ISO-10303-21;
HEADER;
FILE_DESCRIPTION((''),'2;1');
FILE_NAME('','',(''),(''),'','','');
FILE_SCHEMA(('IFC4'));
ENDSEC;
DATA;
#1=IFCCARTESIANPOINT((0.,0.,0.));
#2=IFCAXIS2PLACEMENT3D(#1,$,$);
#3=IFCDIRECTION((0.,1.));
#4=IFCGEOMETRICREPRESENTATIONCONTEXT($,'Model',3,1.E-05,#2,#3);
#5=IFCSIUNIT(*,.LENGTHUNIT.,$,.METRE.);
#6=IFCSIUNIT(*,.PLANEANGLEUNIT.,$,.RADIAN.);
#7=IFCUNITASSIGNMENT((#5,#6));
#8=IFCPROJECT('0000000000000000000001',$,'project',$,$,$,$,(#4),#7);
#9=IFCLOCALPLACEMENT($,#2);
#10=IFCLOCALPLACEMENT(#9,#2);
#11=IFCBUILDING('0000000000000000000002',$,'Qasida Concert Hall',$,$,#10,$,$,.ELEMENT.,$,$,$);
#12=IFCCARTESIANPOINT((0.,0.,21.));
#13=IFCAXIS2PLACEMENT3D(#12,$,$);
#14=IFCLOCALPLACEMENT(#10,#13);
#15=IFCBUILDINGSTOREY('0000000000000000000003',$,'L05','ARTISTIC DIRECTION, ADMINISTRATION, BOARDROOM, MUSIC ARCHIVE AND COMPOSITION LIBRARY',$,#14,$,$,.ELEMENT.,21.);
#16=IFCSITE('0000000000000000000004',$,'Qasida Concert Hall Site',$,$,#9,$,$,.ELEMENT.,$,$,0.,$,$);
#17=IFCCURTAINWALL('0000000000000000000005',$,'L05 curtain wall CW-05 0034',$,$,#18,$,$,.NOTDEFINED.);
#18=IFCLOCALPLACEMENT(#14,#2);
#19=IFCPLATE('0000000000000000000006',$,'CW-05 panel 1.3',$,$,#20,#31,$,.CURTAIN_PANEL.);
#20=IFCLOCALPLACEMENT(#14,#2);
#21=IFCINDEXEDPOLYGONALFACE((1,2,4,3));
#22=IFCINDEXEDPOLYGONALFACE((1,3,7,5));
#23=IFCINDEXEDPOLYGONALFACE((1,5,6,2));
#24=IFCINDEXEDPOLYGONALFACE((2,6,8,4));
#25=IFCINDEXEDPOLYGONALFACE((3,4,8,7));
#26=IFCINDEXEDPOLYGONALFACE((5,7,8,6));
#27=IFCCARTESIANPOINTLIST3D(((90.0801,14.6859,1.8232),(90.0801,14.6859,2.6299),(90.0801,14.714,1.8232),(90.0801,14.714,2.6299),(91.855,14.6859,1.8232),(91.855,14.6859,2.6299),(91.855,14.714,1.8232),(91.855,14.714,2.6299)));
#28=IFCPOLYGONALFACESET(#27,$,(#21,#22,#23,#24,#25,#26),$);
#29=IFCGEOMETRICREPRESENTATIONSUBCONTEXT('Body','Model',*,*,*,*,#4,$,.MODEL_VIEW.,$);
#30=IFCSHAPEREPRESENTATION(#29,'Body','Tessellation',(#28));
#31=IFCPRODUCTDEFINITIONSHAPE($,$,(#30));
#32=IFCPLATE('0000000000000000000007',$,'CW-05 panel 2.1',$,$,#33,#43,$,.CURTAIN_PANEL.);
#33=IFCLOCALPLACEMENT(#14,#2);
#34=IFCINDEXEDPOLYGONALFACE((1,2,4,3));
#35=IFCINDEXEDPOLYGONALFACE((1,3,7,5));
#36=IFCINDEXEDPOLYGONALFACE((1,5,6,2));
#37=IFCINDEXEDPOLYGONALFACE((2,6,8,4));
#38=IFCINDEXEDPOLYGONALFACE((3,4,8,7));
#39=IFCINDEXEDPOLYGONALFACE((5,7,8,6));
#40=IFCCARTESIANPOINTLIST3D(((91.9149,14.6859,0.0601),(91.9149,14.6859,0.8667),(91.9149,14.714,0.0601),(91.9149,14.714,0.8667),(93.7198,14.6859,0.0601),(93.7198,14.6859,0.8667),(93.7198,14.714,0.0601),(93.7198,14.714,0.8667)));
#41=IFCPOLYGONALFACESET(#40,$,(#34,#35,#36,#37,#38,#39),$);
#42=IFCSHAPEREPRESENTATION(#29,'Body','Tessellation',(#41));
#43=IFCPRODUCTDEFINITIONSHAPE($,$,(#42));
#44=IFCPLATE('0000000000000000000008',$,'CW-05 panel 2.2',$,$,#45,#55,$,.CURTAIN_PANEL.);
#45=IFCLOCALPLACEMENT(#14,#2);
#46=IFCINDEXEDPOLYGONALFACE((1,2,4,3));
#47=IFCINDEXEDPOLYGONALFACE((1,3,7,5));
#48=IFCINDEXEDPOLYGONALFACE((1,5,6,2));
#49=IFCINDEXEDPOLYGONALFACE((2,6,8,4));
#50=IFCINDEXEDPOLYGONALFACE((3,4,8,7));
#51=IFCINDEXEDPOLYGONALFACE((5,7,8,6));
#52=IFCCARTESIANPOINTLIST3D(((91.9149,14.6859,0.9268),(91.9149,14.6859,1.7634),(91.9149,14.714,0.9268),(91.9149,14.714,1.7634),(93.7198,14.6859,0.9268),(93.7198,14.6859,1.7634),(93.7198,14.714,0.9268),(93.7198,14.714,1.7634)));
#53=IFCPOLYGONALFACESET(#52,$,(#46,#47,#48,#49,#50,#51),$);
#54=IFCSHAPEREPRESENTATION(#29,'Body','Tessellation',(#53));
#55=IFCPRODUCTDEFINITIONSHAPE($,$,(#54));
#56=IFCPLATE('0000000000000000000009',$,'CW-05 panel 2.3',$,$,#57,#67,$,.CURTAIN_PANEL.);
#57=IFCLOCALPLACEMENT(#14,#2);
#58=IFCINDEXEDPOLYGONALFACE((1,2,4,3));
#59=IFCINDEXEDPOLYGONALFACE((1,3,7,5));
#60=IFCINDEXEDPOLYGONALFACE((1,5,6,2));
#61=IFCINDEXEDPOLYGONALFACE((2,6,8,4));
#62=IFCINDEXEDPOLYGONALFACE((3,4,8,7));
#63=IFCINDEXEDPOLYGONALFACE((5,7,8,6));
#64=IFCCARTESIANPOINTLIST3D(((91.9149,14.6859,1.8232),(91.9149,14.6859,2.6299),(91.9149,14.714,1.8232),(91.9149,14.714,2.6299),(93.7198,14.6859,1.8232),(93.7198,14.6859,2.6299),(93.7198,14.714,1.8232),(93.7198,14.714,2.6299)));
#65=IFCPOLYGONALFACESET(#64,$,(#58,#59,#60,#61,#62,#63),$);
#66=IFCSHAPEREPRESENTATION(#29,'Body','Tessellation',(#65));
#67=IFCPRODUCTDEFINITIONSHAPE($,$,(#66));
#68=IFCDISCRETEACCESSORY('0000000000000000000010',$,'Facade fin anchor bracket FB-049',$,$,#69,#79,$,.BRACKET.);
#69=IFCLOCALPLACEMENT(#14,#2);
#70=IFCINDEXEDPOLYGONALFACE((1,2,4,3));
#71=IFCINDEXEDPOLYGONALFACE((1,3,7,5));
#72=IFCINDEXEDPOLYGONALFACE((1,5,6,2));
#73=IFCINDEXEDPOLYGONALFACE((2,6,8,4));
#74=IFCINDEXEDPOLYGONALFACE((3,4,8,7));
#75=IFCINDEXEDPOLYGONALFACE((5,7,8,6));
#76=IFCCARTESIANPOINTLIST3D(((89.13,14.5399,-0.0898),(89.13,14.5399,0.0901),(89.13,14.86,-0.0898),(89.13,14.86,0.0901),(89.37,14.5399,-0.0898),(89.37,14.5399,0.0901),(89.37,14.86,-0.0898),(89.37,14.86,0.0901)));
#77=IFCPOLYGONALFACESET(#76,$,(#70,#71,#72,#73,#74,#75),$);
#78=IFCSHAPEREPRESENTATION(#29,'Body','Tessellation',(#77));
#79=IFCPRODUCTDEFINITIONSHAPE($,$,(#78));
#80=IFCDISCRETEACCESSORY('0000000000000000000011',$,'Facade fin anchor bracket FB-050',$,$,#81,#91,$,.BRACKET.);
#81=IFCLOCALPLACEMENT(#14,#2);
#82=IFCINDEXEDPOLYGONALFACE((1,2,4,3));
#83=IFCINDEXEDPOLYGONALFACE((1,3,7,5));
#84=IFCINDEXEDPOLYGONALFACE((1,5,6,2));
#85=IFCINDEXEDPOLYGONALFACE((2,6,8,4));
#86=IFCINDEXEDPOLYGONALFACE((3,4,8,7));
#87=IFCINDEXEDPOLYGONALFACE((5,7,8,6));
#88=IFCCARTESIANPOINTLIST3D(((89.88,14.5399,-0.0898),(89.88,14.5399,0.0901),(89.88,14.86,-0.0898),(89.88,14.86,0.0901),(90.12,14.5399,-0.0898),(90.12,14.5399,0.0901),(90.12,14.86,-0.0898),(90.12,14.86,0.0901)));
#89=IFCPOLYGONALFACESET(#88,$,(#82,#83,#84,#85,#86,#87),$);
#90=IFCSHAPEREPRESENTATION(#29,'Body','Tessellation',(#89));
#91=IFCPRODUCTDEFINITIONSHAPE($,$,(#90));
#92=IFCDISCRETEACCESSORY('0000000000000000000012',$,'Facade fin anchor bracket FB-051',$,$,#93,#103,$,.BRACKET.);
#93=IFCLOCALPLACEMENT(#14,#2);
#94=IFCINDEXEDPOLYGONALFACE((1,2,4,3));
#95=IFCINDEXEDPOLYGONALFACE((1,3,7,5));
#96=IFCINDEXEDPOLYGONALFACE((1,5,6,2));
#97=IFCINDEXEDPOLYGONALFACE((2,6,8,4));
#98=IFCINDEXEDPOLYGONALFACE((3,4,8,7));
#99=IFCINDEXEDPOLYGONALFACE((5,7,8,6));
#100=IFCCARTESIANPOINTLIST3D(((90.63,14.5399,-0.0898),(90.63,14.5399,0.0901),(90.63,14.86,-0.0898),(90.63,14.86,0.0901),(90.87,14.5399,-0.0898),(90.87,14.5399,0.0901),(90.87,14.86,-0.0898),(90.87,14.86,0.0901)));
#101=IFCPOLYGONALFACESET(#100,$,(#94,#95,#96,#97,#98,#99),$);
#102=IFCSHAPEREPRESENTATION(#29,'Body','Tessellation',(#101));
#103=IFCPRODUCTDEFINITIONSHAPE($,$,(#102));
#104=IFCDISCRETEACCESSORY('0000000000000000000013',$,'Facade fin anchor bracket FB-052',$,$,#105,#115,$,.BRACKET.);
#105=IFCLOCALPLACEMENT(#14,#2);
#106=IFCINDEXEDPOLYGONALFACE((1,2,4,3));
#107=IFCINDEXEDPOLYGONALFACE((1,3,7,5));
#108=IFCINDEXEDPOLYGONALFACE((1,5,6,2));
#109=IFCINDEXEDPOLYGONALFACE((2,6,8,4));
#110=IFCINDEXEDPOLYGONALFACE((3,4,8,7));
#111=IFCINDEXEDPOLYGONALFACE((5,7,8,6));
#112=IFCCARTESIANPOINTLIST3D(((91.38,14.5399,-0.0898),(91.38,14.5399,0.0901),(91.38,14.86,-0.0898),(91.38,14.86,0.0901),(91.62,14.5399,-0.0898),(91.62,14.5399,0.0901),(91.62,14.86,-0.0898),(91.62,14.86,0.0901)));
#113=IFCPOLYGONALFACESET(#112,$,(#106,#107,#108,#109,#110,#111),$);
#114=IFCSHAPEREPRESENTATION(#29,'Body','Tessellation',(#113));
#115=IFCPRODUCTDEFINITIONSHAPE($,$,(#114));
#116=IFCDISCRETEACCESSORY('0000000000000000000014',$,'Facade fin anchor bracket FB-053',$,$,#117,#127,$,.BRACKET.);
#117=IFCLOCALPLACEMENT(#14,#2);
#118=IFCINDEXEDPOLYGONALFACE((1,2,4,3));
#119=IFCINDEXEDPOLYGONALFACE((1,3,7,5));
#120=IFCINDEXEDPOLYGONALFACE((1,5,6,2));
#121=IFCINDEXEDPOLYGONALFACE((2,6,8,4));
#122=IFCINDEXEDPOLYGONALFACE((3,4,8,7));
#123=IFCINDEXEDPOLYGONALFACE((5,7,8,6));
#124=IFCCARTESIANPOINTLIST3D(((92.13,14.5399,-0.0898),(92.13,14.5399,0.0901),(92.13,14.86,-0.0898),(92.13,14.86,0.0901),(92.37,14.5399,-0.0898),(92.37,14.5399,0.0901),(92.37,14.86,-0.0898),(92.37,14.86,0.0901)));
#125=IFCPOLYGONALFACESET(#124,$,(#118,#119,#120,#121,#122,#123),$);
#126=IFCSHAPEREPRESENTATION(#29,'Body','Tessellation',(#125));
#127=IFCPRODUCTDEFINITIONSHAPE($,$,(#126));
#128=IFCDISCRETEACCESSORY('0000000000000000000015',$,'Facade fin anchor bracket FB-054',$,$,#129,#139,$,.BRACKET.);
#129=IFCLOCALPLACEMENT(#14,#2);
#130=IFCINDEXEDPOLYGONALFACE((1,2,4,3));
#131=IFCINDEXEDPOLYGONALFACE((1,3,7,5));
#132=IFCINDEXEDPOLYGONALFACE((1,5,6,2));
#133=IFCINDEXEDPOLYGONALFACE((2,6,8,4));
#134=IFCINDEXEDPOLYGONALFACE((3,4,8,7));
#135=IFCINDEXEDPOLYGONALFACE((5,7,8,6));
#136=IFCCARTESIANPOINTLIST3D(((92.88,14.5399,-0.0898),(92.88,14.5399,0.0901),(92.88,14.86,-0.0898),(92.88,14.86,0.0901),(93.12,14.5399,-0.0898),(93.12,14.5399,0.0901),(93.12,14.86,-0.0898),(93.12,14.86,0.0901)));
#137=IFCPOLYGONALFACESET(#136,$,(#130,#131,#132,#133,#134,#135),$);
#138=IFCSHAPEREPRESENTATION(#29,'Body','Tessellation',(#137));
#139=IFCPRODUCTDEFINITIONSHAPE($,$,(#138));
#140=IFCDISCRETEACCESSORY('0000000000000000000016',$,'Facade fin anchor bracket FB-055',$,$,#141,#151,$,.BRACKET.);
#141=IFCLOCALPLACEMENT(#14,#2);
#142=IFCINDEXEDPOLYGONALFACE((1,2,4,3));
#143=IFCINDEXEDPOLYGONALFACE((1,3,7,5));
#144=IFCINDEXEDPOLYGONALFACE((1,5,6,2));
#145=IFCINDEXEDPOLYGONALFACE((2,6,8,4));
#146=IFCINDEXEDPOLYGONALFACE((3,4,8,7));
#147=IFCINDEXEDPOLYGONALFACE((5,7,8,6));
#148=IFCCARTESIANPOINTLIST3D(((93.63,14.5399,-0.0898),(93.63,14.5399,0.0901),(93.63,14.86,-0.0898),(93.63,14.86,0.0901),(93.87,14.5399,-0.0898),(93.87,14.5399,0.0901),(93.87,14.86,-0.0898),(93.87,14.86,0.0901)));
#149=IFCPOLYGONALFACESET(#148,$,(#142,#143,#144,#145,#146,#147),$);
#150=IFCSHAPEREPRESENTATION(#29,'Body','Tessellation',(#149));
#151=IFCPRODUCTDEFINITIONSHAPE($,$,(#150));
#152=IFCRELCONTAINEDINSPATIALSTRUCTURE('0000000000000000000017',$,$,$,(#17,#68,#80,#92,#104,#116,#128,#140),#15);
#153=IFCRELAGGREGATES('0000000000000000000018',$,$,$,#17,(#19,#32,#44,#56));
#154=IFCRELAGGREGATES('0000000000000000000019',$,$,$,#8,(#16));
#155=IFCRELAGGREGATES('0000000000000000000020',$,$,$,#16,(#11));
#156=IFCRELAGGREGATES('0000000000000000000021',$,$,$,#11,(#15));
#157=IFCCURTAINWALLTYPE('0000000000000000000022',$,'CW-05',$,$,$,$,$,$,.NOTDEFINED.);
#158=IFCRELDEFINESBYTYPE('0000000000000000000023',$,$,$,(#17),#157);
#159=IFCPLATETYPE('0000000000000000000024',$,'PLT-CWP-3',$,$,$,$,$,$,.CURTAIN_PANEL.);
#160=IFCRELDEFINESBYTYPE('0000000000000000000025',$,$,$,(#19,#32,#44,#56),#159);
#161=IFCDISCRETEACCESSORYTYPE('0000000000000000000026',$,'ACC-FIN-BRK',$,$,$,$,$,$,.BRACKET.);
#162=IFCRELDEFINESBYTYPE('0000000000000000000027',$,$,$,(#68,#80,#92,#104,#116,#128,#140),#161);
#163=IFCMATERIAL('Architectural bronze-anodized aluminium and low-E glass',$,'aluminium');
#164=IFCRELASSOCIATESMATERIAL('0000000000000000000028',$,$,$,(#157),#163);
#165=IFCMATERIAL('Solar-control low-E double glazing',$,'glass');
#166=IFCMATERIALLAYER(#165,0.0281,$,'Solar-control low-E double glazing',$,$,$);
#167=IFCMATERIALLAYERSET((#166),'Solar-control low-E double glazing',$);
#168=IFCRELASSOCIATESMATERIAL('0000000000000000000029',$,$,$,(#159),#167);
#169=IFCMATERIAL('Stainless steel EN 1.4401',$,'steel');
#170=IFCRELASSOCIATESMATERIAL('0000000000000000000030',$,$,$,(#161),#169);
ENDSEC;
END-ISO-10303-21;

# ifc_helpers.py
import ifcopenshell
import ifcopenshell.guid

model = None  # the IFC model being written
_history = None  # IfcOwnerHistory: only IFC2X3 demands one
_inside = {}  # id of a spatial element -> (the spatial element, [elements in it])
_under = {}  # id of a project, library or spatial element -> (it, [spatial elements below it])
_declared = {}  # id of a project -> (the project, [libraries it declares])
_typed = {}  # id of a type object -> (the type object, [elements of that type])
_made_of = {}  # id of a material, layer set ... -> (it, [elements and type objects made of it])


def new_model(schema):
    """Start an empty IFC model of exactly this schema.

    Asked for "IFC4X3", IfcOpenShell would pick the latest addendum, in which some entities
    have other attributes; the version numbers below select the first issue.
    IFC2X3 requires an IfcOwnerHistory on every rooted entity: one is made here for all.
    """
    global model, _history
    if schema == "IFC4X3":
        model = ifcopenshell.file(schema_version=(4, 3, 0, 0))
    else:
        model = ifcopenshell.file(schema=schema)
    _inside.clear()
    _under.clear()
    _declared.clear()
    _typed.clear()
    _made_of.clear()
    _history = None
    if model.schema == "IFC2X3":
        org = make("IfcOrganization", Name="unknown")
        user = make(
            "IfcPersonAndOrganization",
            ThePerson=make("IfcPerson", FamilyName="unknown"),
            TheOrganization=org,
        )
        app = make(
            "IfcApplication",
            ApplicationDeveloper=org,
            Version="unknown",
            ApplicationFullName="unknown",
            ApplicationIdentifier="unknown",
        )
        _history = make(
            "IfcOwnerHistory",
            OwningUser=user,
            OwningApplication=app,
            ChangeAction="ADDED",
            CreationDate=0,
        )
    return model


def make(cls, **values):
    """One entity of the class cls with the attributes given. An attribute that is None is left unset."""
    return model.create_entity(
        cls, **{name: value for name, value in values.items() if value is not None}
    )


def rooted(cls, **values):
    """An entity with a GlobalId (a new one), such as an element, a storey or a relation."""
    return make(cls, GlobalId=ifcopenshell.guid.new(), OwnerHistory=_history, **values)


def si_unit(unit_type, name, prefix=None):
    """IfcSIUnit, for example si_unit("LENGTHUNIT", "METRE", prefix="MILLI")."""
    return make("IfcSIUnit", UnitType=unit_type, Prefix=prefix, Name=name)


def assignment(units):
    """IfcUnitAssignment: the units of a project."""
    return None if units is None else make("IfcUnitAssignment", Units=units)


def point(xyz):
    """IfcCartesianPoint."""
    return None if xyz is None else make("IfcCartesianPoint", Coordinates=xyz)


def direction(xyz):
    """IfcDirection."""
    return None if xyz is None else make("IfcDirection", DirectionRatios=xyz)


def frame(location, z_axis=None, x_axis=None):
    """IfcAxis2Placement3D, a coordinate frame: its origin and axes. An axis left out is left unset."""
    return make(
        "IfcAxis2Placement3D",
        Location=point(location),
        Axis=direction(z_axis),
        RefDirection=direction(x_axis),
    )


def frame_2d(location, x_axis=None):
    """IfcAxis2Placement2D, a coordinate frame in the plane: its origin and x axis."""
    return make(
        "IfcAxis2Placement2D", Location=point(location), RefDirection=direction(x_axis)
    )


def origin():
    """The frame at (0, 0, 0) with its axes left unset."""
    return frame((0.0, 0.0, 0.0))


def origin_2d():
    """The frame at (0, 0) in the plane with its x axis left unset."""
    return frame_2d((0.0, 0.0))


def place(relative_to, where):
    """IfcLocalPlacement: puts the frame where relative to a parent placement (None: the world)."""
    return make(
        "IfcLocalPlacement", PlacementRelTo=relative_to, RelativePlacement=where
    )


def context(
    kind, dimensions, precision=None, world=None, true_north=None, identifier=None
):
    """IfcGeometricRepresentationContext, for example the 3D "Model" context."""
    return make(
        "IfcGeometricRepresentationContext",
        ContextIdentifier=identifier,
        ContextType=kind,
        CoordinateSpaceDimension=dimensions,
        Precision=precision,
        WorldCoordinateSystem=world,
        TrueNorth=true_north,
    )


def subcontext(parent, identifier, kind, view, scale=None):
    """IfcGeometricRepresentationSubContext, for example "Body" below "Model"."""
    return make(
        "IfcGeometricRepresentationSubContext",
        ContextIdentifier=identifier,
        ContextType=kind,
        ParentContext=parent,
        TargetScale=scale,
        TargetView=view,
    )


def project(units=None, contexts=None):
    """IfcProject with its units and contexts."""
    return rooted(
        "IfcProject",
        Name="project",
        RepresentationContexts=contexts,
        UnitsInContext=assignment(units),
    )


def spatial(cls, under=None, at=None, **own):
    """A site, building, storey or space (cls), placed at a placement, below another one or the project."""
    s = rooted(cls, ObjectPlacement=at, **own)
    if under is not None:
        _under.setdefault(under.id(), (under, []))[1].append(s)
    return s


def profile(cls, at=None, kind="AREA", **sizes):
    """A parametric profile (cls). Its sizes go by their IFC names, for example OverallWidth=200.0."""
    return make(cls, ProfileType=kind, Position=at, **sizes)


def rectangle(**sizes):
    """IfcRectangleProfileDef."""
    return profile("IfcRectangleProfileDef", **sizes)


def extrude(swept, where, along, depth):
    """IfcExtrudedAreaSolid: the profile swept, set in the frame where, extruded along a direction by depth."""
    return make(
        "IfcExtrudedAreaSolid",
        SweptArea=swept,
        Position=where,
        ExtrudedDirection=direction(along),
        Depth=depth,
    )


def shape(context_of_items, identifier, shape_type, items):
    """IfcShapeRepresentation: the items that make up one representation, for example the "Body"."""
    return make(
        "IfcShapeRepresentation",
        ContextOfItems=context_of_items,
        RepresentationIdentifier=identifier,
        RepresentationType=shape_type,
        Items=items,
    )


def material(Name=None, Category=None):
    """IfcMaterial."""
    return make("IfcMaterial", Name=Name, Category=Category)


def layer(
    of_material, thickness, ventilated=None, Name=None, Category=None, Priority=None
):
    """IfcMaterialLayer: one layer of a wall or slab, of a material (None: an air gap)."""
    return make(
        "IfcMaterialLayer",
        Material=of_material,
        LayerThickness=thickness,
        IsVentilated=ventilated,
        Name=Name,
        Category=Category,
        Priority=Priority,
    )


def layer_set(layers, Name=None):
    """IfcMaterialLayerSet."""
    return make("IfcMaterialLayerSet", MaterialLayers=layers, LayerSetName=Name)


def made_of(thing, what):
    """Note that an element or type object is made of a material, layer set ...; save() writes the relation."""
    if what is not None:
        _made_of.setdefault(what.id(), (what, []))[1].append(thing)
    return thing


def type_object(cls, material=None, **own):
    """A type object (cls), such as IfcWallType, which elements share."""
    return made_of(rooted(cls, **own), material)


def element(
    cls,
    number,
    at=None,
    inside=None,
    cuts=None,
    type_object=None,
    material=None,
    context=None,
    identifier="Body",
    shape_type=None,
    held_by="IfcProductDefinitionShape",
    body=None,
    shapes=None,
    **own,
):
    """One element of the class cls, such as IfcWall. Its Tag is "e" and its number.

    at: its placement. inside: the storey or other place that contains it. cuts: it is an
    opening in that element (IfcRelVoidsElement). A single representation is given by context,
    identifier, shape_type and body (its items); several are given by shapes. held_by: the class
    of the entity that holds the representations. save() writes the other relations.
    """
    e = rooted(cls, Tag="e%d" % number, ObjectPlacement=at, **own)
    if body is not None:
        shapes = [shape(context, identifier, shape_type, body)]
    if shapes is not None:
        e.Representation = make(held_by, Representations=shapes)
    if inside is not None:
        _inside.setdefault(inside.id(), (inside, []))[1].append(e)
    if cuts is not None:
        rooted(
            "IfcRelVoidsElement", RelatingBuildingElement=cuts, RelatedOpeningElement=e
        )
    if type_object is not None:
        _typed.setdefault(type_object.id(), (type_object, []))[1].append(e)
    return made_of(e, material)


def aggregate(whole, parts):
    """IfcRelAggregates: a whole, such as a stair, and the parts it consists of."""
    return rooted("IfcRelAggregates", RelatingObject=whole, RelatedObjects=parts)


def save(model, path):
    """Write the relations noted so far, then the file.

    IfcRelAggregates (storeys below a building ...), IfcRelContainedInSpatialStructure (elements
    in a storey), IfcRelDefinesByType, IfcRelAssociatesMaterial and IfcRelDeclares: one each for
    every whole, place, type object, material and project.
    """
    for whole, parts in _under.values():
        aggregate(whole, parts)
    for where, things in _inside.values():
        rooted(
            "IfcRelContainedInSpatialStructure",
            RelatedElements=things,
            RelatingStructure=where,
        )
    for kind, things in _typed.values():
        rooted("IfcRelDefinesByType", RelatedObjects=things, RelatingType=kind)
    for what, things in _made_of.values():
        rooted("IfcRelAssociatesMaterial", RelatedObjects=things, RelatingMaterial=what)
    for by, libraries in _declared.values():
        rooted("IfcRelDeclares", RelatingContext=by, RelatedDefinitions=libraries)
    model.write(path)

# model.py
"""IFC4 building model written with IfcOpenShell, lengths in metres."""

from ifc_helpers import new_model, si_unit, direction, frame, origin, origin_2d, place, context, subcontext, project, spatial, rectangle, extrude, material, layer, layer_set, type_object, element, aggregate, save


model = new_model("IFC4")

# Units and contexts
model_context = context("Model", 3, precision=1e-05, world=origin(), true_north=direction((0.0, 1.0)))
body_context = subcontext(model_context, "Body", "Model", "MODEL_VIEW")
ifc_project = project(units=[si_unit("LENGTHUNIT", "METRE"), si_unit("PLANEANGLEUNIT", "RADIAN")], contexts=[model_context])

# Site, building, storey
site_placement = place(None, origin())
site = spatial("IfcSite", under=ifc_project, at=site_placement, Name="Qasida Concert Hall Site", CompositionType="ELEMENT", RefElevation=0.0)
building_placement = place(site_placement, origin())
building = spatial("IfcBuilding", under=site, at=building_placement, Name="Qasida Concert Hall", CompositionType="ELEMENT")
storey_placement = place(building_placement, frame((0.0, 0.0, 21.0)))
storey = spatial("IfcBuildingStorey", under=building, at=storey_placement, Name="L05", Description="ARTISTIC DIRECTION, ADMINISTRATION, BOARDROOM, MUSIC ARCHIVE AND COMPOSITION LIBRARY", CompositionType="ELEMENT", Elevation=21.0)

# Shared definitions
ifc_material_1 = material(Name="Architectural bronze-anodized aluminium and low-E glass", Category="aluminium")
curtain_wall_type = type_object("IfcCurtainWallType", Name="CW-05", PredefinedType="NOTDEFINED", material=ifc_material_1)

# Curtain wall
curtain_wall_1_placement = place(storey_placement, origin())
curtain_wall_1 = element("IfcCurtainWall", 1, at=curtain_wall_1_placement, inside=storey, type_object=curtain_wall_type, Name="L05 curtain wall CW-05 0034", PredefinedType="NOTDEFINED")

# Plates
ifc_material_2 = material(Name="Solar-control low-E double glazing", Category="glass")
ifc_layer = layer(ifc_material_2, 0.0281, Name="Solar-control low-E double glazing")
ifc_layer_set = layer_set([ifc_layer], Name="Solar-control low-E double glazing")
plate_type = type_object("IfcPlateType", Name="PLT-CWP-3", PredefinedType="CURTAIN_PANEL", material=ifc_layer_set)
plate_1_placement = place(storey_placement, frame((90.9675, 14.7, 1.8232), z_axis=(0.0, 0.0, 1.0), x_axis=(1.0, 0.0, 0.0)))
plate_1 = element("IfcPlate", 2, at=plate_1_placement, type_object=plate_type, Name="CW-05 panel 1.3", PredefinedType="CURTAIN_PANEL", context=body_context, shape_type="SweptSolid", body=[
    extrude(rectangle(XDim=1.7749, YDim=0.0281, at=origin_2d()), origin(), (0.0, 0.0, 1.0), 0.8066),
])
plate_2_placement = place(storey_placement, frame((92.8174, 14.7, 0.0601), z_axis=(0.0, 0.0, 1.0), x_axis=(1.0, 0.0, 0.0)))
plate_2 = element("IfcPlate", 3, at=plate_2_placement, type_object=plate_type, Name="CW-05 panel 2.1", PredefinedType="CURTAIN_PANEL", context=body_context, shape_type="SweptSolid", body=[
    extrude(rectangle(XDim=1.8049, YDim=0.0281, at=origin_2d()), origin(), (0.0, 0.0, 1.0), 0.8066),
])
plate_3_placement = place(storey_placement, frame((92.8174, 14.7, 0.9268), z_axis=(0.0, 0.0, 1.0), x_axis=(1.0, 0.0, 0.0)))
plate_3 = element("IfcPlate", 4, at=plate_3_placement, type_object=plate_type, Name="CW-05 panel 2.2", PredefinedType="CURTAIN_PANEL", context=body_context, shape_type="SweptSolid", body=[
    extrude(rectangle(XDim=1.8049, YDim=0.0281, at=origin_2d()), origin(), (0.0, 0.0, 1.0), 0.8367),
])
plate_4_placement = place(storey_placement, frame((92.8174, 14.7, 1.8232), z_axis=(0.0, 0.0, 1.0), x_axis=(1.0, 0.0, 0.0)))
plate_4 = element("IfcPlate", 5, at=plate_4_placement, type_object=plate_type, Name="CW-05 panel 2.3", PredefinedType="CURTAIN_PANEL", context=body_context, shape_type="SweptSolid", body=[
    extrude(rectangle(XDim=1.8049, YDim=0.0281, at=origin_2d()), origin(), (0.0, 0.0, 1.0), 0.8066),
])
aggregate(curtain_wall_1, [plate_1, plate_2, plate_3, plate_4])

# Discrete accessories
ifc_material_3 = material(Name="Stainless steel EN 1.4401", Category="steel")
discrete_accessory_type = type_object("IfcDiscreteAccessoryType", Name="ACC-FIN-BRK", PredefinedType="BRACKET", material=ifc_material_3)
for number, where, z_axis, x_axis, name in (
    (6, (89.25, 14.7, -0.0898), (0.0, 0.0, 1.0), (1.0, 0.0, 0.0), "Facade fin anchor bracket FB-049"),
    (7, (90.0, 14.7, -0.0898), (0.0, 0.0, 1.0), (1.0, 0.0, 0.0), "Facade fin anchor bracket FB-050"),
    (8, (90.75, 14.7, -0.0898), (0.0, 0.0, 1.0), (1.0, 0.0, 0.0), "Facade fin anchor bracket FB-051"),
    (9, (91.5, 14.7, -0.0898), (0.0, 0.0, 1.0), (1.0, 0.0, 0.0), "Facade fin anchor bracket FB-052"),
    (10, (92.25, 14.7, -0.0898), (0.0, 0.0, 1.0), (1.0, 0.0, 0.0), "Facade fin anchor bracket FB-053"),
    (11, (93.0, 14.7, -0.0898), (0.0, 0.0, 1.0), (1.0, 0.0, 0.0), "Facade fin anchor bracket FB-054"),
    (12, (93.75, 14.7, -0.0898), (0.0, 0.0, 1.0), (1.0, 0.0, 0.0), "Facade fin anchor bracket FB-055"),
):
    element("IfcDiscreteAccessory", number, at=place(storey_placement, frame(where, z_axis=z_axis, x_axis=x_axis)), inside=storey, type_object=discrete_accessory_type, Name=name, PredefinedType="BRACKET", context=body_context, shape_type="SweptSolid", body=[
        extrude(rectangle(XDim=0.24, YDim=0.3201, at=origin_2d()), origin(), (0.0, 0.0, 1.0), 0.1799),
    ])

save(model, "model.ifc")
